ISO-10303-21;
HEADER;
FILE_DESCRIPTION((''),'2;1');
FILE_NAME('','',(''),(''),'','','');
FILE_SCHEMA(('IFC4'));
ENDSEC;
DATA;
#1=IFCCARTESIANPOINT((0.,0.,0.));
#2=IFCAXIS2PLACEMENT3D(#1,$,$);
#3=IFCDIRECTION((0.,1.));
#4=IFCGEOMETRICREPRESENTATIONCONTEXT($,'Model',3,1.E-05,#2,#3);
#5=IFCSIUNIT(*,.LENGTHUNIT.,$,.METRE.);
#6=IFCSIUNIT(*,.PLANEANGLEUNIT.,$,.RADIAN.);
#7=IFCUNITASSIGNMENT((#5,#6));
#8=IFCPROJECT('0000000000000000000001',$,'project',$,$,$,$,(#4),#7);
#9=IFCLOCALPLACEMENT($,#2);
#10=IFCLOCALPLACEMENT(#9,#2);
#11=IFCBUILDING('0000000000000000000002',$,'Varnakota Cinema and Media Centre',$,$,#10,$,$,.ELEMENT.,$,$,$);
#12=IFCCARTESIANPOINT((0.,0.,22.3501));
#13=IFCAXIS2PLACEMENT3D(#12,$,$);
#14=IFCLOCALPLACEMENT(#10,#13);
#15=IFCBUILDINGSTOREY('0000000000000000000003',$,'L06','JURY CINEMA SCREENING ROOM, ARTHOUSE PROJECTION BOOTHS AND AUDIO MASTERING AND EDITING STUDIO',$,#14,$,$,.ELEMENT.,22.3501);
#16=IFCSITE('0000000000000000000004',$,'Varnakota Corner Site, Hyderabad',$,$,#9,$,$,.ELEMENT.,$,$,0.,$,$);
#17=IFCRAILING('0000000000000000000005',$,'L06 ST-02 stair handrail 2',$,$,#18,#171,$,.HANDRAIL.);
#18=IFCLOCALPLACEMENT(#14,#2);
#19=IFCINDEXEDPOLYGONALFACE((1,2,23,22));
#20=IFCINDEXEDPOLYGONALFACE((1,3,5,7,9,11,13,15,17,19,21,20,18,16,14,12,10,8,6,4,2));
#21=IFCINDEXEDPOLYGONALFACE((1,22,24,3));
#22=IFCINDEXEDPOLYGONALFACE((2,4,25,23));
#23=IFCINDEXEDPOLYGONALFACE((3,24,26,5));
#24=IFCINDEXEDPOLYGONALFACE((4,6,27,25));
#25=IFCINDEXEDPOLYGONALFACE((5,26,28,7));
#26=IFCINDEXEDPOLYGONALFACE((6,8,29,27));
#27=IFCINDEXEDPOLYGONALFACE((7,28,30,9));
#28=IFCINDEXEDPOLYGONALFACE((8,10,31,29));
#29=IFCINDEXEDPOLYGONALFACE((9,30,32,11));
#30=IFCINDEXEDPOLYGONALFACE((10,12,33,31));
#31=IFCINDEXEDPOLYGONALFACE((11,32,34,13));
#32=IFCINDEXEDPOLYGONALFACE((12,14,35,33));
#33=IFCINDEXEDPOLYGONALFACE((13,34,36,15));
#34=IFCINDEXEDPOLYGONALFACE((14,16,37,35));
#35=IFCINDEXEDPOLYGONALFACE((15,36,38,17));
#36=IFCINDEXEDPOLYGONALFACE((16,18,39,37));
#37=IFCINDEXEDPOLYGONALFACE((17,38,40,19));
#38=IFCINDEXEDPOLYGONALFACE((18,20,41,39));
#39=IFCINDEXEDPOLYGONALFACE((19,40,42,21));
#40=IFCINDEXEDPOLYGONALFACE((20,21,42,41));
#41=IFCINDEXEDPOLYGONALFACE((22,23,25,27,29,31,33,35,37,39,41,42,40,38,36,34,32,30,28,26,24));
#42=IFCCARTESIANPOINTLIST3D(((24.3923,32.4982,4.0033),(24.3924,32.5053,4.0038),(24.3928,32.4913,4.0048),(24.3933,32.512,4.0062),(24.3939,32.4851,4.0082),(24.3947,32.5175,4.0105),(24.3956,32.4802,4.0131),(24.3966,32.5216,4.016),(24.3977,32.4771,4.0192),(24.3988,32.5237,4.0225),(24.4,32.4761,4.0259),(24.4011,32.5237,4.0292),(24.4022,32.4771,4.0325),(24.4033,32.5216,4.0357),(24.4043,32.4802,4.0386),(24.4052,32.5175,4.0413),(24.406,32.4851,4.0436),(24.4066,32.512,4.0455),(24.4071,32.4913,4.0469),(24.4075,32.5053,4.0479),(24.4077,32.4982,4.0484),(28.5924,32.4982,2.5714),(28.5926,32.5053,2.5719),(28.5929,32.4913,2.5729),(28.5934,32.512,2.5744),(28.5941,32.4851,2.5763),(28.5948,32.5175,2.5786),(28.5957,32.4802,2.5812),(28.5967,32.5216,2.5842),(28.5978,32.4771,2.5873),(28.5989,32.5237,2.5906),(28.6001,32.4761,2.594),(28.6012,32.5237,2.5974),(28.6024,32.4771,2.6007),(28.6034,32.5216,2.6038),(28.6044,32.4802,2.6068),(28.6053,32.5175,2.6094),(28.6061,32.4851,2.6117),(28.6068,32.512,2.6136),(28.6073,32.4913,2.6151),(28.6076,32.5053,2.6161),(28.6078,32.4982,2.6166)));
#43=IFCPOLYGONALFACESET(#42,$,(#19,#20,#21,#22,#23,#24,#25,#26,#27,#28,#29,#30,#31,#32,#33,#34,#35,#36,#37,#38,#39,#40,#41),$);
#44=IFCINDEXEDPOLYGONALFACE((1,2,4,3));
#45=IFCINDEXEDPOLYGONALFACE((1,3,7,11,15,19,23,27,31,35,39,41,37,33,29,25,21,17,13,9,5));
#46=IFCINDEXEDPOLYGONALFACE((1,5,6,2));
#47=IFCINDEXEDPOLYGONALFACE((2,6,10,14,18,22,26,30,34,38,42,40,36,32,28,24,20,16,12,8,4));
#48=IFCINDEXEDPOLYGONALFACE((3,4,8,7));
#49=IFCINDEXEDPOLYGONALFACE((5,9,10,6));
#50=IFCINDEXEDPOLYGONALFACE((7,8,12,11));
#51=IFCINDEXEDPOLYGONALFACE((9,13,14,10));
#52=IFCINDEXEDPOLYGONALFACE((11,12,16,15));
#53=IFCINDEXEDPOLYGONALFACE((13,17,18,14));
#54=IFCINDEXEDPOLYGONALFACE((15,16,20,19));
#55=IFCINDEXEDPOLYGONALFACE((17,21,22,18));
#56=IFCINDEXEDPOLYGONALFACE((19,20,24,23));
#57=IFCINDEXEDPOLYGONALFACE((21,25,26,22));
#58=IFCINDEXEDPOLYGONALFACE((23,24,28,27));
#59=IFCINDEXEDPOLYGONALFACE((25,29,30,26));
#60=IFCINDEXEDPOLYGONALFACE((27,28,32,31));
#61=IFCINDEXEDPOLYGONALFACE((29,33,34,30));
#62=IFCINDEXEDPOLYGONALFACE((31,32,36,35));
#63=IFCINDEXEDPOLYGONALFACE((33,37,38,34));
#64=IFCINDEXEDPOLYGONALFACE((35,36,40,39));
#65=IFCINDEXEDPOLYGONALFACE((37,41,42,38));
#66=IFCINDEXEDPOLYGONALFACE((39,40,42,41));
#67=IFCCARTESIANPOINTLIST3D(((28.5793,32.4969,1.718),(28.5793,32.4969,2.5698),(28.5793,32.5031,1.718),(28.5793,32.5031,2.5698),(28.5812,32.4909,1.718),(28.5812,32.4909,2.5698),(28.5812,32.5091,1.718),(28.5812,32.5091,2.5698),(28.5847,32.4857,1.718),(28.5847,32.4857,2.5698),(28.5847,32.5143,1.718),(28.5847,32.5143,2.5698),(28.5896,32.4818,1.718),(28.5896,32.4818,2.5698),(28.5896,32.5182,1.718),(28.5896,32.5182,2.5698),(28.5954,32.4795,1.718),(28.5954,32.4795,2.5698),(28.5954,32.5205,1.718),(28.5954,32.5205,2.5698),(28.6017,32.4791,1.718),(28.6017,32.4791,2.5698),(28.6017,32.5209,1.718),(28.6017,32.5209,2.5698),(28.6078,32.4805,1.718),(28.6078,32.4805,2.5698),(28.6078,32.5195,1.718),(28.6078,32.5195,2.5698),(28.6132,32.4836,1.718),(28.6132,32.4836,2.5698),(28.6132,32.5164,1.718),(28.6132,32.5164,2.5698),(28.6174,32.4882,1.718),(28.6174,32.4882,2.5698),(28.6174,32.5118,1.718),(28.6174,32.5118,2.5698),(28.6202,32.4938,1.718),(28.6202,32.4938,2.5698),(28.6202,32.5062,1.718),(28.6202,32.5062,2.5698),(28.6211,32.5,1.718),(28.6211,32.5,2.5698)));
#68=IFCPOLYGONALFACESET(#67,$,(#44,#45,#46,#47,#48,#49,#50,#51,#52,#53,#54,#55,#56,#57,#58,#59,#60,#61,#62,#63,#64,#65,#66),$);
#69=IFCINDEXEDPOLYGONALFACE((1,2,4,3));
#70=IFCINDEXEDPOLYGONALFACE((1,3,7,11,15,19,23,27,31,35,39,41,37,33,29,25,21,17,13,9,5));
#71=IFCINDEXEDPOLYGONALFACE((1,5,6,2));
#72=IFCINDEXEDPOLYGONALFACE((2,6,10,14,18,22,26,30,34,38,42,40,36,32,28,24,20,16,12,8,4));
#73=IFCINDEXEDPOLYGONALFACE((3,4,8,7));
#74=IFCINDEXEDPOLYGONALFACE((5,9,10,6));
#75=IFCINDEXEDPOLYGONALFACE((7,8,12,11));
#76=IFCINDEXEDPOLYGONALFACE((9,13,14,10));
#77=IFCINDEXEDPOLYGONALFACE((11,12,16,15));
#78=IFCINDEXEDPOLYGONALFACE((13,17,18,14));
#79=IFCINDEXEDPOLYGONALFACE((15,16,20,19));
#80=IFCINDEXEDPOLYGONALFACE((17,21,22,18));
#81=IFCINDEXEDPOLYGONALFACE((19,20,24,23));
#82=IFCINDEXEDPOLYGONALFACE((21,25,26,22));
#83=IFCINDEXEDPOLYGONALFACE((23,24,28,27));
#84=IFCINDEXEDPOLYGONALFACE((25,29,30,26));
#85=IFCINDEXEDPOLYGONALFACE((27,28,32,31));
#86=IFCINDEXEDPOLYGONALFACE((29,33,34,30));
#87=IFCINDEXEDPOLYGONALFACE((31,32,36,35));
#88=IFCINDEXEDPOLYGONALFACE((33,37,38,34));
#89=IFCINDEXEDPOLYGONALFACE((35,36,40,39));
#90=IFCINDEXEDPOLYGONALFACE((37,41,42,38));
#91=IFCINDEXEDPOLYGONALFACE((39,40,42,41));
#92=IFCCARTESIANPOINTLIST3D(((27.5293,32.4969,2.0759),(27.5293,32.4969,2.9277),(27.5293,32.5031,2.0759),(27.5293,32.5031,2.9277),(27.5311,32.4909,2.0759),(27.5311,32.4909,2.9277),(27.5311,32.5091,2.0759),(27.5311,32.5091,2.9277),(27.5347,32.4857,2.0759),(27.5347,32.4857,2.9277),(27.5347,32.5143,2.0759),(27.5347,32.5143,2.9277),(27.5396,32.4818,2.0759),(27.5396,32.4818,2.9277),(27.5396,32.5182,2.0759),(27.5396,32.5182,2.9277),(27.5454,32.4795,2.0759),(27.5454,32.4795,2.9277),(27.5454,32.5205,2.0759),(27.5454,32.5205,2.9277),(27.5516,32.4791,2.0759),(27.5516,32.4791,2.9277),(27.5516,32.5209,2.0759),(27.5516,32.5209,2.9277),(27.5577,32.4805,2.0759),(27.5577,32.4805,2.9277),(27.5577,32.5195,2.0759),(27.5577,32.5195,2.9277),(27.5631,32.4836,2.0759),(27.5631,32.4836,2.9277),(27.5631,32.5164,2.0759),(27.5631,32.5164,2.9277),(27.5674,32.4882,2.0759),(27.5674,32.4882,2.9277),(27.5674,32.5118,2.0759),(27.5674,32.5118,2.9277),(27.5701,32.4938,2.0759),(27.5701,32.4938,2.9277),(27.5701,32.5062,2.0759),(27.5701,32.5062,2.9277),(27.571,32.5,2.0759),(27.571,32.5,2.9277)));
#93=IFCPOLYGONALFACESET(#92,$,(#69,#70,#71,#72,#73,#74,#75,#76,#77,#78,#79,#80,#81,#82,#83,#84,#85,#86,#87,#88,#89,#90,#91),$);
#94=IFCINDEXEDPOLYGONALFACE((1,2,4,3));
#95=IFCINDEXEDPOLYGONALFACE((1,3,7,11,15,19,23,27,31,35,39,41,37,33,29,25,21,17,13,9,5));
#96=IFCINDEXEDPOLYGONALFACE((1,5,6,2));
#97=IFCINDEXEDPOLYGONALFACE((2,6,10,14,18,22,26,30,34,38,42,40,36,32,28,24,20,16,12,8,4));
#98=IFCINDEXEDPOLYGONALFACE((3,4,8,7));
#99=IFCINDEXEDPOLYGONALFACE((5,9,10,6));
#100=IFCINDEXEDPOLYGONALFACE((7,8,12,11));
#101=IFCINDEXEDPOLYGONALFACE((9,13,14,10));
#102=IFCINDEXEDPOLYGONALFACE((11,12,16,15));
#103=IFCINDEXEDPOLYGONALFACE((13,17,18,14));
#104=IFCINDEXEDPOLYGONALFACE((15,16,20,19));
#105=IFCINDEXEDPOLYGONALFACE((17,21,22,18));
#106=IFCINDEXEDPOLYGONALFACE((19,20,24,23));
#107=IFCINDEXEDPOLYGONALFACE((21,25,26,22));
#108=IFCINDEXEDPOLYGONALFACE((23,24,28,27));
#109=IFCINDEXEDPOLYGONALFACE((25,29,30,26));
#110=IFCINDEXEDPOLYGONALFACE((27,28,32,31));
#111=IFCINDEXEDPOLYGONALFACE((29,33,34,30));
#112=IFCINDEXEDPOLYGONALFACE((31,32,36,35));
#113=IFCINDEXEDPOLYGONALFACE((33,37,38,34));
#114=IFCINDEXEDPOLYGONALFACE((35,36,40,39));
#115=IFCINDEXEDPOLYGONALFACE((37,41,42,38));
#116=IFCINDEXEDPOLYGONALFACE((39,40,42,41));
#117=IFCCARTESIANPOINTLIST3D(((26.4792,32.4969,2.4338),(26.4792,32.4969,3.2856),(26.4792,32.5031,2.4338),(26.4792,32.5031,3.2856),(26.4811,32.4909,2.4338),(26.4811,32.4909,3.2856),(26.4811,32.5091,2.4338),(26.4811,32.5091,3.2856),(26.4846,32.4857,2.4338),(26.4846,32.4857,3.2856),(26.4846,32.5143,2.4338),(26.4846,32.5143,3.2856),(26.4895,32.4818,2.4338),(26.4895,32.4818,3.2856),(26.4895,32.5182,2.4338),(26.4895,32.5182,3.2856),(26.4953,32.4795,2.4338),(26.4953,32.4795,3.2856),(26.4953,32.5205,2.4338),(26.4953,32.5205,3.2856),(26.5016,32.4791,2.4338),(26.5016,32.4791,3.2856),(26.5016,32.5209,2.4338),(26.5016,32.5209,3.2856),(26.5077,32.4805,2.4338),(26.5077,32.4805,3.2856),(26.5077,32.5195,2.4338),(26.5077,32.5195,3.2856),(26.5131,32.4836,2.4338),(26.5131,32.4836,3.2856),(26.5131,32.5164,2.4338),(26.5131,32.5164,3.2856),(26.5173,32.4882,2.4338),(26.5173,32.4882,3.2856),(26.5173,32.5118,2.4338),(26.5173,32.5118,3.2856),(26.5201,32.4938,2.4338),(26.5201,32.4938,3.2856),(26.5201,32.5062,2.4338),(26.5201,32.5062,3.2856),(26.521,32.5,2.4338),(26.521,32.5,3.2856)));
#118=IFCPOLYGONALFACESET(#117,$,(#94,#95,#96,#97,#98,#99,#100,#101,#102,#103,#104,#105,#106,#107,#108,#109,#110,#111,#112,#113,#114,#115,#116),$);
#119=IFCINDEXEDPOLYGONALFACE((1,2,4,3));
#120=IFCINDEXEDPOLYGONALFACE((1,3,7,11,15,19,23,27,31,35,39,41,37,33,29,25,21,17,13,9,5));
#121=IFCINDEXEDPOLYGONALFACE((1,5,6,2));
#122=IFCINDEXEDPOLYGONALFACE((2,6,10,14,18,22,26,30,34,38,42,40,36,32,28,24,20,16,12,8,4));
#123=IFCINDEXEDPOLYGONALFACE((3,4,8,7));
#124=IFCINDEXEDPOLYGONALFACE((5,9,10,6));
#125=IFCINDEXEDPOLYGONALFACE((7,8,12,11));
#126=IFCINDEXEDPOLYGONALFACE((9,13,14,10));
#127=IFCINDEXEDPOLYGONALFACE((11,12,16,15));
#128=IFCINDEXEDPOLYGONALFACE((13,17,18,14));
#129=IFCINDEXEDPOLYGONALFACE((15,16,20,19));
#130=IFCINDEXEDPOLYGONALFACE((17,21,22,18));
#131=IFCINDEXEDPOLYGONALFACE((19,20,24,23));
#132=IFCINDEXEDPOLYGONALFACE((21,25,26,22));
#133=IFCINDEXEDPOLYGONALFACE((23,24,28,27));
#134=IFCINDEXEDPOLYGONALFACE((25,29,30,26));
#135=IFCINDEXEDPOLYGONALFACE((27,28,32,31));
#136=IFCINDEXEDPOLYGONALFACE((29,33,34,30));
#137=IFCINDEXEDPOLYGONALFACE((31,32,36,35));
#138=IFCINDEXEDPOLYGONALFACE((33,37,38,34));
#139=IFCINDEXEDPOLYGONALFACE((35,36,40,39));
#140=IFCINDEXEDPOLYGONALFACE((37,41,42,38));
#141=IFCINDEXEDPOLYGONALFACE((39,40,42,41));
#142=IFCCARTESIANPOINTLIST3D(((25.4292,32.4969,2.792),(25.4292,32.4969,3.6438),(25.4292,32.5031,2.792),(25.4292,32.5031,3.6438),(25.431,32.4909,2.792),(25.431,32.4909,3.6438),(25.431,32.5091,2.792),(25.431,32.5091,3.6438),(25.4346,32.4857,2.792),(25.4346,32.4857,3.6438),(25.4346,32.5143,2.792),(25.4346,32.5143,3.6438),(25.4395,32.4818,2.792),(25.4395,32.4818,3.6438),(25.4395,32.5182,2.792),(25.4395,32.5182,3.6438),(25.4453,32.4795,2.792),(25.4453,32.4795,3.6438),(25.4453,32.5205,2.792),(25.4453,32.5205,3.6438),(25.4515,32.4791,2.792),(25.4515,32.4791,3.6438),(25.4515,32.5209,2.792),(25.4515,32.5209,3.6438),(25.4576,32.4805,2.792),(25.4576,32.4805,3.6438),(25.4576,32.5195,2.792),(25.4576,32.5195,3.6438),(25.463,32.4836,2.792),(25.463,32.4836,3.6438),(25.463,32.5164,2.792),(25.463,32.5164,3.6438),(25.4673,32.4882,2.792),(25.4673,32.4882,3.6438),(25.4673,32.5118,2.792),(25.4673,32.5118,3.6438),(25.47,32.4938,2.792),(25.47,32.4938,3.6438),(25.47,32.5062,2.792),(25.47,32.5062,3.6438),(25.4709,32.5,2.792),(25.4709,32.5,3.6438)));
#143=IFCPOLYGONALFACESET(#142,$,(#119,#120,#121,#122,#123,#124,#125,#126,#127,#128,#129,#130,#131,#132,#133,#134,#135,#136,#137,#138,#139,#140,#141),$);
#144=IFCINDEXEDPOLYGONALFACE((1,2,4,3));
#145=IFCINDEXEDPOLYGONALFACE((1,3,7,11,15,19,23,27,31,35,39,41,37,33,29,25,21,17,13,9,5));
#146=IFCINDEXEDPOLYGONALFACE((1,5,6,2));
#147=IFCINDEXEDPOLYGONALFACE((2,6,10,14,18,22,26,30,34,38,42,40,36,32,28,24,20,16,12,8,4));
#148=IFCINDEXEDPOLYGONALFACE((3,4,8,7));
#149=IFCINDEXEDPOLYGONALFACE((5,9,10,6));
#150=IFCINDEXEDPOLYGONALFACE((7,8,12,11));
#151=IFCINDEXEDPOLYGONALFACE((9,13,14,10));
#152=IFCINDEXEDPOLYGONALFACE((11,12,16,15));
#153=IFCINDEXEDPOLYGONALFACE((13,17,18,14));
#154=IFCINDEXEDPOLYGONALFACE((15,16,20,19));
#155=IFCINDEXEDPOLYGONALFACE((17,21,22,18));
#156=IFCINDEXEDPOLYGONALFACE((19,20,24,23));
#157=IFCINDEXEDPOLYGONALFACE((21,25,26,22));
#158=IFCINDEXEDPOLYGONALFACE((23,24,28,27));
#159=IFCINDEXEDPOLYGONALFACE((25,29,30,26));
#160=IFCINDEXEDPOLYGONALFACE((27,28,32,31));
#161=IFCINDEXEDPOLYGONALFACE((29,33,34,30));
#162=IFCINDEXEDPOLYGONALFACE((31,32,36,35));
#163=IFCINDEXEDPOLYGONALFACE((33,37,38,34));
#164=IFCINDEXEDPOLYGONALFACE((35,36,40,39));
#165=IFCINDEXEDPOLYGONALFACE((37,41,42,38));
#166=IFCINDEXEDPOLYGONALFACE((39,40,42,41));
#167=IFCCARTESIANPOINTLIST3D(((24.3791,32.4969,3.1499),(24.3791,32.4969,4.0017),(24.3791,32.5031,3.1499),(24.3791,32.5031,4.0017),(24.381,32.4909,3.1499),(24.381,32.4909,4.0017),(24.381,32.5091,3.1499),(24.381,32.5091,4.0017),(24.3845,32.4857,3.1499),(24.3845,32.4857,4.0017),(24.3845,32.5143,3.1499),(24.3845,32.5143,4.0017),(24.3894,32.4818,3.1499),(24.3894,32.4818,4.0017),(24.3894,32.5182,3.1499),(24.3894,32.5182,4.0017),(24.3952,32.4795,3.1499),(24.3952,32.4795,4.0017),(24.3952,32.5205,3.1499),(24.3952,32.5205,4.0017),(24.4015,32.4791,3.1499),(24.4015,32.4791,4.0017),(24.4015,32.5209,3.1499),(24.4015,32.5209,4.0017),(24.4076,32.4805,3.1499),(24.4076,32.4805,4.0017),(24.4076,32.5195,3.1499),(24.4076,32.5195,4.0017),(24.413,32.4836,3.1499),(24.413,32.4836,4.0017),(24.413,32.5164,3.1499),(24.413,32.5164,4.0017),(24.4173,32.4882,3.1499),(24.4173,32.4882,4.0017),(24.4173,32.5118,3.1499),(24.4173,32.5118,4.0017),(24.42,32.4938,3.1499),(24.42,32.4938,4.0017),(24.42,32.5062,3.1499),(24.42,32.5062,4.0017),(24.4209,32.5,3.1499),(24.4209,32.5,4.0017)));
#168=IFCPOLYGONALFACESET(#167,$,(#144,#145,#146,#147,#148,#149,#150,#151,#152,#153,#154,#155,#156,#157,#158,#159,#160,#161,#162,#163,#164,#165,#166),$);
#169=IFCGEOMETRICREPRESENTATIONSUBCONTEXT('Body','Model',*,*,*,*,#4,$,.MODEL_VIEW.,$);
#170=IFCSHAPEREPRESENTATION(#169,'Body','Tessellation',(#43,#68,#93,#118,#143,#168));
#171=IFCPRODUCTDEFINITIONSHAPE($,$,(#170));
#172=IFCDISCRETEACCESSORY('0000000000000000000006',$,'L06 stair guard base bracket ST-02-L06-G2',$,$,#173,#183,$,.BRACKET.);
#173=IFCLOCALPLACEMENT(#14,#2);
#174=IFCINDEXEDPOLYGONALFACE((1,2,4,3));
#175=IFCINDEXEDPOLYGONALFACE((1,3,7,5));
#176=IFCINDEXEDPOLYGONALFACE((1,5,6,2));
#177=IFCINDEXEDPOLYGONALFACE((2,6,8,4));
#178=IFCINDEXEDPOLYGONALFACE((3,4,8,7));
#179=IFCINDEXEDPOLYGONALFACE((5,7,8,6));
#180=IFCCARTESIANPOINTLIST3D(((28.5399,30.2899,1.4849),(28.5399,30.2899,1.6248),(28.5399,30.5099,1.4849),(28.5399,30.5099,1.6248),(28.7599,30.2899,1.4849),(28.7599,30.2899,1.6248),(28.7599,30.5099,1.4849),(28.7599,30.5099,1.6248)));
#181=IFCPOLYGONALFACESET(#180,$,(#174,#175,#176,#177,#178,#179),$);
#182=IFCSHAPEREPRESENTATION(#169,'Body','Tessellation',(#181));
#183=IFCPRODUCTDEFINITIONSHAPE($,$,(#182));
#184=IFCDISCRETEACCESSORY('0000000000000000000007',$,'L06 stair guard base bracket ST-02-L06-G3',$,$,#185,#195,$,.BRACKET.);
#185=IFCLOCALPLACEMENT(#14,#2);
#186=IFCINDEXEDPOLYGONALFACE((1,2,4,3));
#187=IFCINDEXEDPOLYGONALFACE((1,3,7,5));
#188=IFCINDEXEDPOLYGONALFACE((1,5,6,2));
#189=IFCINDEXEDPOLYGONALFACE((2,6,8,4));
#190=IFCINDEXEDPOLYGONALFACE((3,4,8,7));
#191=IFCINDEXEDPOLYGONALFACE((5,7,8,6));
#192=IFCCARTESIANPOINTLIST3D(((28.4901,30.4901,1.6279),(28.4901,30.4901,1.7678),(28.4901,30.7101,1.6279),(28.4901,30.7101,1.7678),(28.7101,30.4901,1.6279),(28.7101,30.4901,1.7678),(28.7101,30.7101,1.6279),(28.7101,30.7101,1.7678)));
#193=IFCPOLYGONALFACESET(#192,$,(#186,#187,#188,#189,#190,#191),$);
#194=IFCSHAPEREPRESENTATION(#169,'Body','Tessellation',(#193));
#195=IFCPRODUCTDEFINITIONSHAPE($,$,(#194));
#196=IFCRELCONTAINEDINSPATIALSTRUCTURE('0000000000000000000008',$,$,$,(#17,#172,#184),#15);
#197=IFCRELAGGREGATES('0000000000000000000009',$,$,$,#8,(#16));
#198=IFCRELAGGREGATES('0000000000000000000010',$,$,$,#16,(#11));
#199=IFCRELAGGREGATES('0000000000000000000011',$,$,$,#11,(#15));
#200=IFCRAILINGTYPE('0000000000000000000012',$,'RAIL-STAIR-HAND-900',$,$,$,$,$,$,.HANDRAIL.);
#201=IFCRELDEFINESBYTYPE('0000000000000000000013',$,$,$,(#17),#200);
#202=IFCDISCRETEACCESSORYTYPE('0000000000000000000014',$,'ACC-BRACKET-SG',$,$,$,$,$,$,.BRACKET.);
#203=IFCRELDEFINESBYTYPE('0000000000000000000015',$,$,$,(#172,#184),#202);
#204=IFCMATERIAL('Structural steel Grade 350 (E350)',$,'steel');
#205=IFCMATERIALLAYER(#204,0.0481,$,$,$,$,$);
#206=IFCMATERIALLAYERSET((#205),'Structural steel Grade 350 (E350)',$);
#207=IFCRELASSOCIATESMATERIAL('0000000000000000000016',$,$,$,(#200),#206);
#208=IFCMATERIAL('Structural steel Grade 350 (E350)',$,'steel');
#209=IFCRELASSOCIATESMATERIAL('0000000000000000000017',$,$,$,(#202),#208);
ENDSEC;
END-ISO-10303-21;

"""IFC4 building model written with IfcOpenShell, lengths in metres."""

from ifc_helpers import new_model, si_unit, direction, frame, origin, origin_2d, place, context, subcontext, project, spatial, rectangle, circle, extrude, material, layer, layer_set, type_object, element, save


model = new_model("IFC4")

# Units and contexts
model_context = context("Model", 3, precision=1e-05, world=origin(), true_north=direction((0.0, 1.0)))
body_context = subcontext(model_context, "Body", "Model", "MODEL_VIEW")
ifc_project = project(units=[si_unit("LENGTHUNIT", "METRE"), si_unit("PLANEANGLEUNIT", "RADIAN")], contexts=[model_context])

# Site, building, storey
site_placement = place(None, origin())
site = spatial("IfcSite", under=ifc_project, at=site_placement, Name="Varnakota Corner Site, Hyderabad", CompositionType="ELEMENT", RefElevation=0.0)
building_placement = place(site_placement, origin())
building = spatial("IfcBuilding", under=site, at=building_placement, Name="Varnakota Cinema and Media Centre", CompositionType="ELEMENT")
storey_placement = place(building_placement, frame((0.0, 0.0, 22.3501)))
storey = spatial("IfcBuildingStorey", under=building, at=storey_placement, Name="L06", Description="JURY CINEMA SCREENING ROOM, ARTHOUSE PROJECTION BOOTHS AND AUDIO MASTERING AND EDITING STUDIO", CompositionType="ELEMENT", Elevation=22.3501)

# Railing
ifc_material_1 = material(Name="Structural steel Grade 350 (E350)", Category="steel")
ifc_layer_1 = layer(ifc_material_1, 0.0481)
ifc_layer_set_1 = layer_set([ifc_layer_1], Name="Structural steel Grade 350 (E350)")
railing_type_1 = type_object("IfcRailingType", Name="RAIL-STAIR-HAND-900", PredefinedType="HANDRAIL", material=ifc_layer_set_1)
railing_1_placement = place(storey_placement, frame((28.6001, 32.5, 1.718)))
element("IfcRailing", 1, at=railing_1_placement, inside=storey, type_object=railing_type_1, Name="L06 ST-02 stair handrail 2", PredefinedType="HANDRAIL", context=body_context, shape_type="SweptSolid", body=[
    extrude(circle(Radius=0.0239, at=origin_2d()), frame((0.0, 0.0, 0.876), z_axis=(-0.94651, 0.0, 0.322674), x_axis=(0.0, -1.0, 0.0)), (0.0, 0.0, 1.0), 4.4375),
    extrude(circle(Radius=0.021, at=origin_2d()), origin(), (0.0, 0.0, 1.0), 0.8518),
    extrude(circle(Radius=0.021, at=origin_2d()), frame((-1.05, 0.0, 0.3579)), (0.0, 0.0, 1.0), 0.8518),
    extrude(circle(Radius=0.021, at=origin_2d()), frame((-2.1001, 0.0, 0.7158)), (0.0, 0.0, 1.0), 0.8518),
    extrude(circle(Radius=0.021, at=origin_2d()), frame((-3.1501, 0.0, 1.074)), (0.0, 0.0, 1.0), 0.8518),
    extrude(circle(Radius=0.021, at=origin_2d()), frame((-4.2002, 0.0, 1.4319)), (0.0, 0.0, 1.0), 0.8518),
])

# Discrete accessories
ifc_material_2 = material(Name="Structural steel Grade 350 (E350)", Category="steel")
discrete_accessory_type = type_object("IfcDiscreteAccessoryType", Name="ACC-BRACKET-SG", PredefinedType="BRACKET", material=ifc_material_2)
for number, where, z_axis, x_axis, name in (
    (2, (28.6499, 30.3999, 1.4849), (0.0, 0.0, 1.0), (1.0, 0.0, 0.0), "L06 stair guard base bracket ST-02-L06-G2"),
    (3, (28.6001, 30.6001, 1.6279), (0.0, 0.0, 1.0), (1.0, 0.0, 0.0), "L06 stair guard base bracket ST-02-L06-G3"),
):
    element("IfcDiscreteAccessory", number, at=place(storey_placement, frame(where, z_axis=z_axis, x_axis=x_axis)), inside=storey, type_object=discrete_accessory_type, Name=name, PredefinedType="BRACKET", context=body_context, shape_type="SweptSolid", body=[
        extrude(rectangle(XDim=0.22, YDim=0.22, at=origin_2d()), origin(), (0.0, 0.0, 1.0), 0.1399),
    ])

save(model, "model.ifc")
